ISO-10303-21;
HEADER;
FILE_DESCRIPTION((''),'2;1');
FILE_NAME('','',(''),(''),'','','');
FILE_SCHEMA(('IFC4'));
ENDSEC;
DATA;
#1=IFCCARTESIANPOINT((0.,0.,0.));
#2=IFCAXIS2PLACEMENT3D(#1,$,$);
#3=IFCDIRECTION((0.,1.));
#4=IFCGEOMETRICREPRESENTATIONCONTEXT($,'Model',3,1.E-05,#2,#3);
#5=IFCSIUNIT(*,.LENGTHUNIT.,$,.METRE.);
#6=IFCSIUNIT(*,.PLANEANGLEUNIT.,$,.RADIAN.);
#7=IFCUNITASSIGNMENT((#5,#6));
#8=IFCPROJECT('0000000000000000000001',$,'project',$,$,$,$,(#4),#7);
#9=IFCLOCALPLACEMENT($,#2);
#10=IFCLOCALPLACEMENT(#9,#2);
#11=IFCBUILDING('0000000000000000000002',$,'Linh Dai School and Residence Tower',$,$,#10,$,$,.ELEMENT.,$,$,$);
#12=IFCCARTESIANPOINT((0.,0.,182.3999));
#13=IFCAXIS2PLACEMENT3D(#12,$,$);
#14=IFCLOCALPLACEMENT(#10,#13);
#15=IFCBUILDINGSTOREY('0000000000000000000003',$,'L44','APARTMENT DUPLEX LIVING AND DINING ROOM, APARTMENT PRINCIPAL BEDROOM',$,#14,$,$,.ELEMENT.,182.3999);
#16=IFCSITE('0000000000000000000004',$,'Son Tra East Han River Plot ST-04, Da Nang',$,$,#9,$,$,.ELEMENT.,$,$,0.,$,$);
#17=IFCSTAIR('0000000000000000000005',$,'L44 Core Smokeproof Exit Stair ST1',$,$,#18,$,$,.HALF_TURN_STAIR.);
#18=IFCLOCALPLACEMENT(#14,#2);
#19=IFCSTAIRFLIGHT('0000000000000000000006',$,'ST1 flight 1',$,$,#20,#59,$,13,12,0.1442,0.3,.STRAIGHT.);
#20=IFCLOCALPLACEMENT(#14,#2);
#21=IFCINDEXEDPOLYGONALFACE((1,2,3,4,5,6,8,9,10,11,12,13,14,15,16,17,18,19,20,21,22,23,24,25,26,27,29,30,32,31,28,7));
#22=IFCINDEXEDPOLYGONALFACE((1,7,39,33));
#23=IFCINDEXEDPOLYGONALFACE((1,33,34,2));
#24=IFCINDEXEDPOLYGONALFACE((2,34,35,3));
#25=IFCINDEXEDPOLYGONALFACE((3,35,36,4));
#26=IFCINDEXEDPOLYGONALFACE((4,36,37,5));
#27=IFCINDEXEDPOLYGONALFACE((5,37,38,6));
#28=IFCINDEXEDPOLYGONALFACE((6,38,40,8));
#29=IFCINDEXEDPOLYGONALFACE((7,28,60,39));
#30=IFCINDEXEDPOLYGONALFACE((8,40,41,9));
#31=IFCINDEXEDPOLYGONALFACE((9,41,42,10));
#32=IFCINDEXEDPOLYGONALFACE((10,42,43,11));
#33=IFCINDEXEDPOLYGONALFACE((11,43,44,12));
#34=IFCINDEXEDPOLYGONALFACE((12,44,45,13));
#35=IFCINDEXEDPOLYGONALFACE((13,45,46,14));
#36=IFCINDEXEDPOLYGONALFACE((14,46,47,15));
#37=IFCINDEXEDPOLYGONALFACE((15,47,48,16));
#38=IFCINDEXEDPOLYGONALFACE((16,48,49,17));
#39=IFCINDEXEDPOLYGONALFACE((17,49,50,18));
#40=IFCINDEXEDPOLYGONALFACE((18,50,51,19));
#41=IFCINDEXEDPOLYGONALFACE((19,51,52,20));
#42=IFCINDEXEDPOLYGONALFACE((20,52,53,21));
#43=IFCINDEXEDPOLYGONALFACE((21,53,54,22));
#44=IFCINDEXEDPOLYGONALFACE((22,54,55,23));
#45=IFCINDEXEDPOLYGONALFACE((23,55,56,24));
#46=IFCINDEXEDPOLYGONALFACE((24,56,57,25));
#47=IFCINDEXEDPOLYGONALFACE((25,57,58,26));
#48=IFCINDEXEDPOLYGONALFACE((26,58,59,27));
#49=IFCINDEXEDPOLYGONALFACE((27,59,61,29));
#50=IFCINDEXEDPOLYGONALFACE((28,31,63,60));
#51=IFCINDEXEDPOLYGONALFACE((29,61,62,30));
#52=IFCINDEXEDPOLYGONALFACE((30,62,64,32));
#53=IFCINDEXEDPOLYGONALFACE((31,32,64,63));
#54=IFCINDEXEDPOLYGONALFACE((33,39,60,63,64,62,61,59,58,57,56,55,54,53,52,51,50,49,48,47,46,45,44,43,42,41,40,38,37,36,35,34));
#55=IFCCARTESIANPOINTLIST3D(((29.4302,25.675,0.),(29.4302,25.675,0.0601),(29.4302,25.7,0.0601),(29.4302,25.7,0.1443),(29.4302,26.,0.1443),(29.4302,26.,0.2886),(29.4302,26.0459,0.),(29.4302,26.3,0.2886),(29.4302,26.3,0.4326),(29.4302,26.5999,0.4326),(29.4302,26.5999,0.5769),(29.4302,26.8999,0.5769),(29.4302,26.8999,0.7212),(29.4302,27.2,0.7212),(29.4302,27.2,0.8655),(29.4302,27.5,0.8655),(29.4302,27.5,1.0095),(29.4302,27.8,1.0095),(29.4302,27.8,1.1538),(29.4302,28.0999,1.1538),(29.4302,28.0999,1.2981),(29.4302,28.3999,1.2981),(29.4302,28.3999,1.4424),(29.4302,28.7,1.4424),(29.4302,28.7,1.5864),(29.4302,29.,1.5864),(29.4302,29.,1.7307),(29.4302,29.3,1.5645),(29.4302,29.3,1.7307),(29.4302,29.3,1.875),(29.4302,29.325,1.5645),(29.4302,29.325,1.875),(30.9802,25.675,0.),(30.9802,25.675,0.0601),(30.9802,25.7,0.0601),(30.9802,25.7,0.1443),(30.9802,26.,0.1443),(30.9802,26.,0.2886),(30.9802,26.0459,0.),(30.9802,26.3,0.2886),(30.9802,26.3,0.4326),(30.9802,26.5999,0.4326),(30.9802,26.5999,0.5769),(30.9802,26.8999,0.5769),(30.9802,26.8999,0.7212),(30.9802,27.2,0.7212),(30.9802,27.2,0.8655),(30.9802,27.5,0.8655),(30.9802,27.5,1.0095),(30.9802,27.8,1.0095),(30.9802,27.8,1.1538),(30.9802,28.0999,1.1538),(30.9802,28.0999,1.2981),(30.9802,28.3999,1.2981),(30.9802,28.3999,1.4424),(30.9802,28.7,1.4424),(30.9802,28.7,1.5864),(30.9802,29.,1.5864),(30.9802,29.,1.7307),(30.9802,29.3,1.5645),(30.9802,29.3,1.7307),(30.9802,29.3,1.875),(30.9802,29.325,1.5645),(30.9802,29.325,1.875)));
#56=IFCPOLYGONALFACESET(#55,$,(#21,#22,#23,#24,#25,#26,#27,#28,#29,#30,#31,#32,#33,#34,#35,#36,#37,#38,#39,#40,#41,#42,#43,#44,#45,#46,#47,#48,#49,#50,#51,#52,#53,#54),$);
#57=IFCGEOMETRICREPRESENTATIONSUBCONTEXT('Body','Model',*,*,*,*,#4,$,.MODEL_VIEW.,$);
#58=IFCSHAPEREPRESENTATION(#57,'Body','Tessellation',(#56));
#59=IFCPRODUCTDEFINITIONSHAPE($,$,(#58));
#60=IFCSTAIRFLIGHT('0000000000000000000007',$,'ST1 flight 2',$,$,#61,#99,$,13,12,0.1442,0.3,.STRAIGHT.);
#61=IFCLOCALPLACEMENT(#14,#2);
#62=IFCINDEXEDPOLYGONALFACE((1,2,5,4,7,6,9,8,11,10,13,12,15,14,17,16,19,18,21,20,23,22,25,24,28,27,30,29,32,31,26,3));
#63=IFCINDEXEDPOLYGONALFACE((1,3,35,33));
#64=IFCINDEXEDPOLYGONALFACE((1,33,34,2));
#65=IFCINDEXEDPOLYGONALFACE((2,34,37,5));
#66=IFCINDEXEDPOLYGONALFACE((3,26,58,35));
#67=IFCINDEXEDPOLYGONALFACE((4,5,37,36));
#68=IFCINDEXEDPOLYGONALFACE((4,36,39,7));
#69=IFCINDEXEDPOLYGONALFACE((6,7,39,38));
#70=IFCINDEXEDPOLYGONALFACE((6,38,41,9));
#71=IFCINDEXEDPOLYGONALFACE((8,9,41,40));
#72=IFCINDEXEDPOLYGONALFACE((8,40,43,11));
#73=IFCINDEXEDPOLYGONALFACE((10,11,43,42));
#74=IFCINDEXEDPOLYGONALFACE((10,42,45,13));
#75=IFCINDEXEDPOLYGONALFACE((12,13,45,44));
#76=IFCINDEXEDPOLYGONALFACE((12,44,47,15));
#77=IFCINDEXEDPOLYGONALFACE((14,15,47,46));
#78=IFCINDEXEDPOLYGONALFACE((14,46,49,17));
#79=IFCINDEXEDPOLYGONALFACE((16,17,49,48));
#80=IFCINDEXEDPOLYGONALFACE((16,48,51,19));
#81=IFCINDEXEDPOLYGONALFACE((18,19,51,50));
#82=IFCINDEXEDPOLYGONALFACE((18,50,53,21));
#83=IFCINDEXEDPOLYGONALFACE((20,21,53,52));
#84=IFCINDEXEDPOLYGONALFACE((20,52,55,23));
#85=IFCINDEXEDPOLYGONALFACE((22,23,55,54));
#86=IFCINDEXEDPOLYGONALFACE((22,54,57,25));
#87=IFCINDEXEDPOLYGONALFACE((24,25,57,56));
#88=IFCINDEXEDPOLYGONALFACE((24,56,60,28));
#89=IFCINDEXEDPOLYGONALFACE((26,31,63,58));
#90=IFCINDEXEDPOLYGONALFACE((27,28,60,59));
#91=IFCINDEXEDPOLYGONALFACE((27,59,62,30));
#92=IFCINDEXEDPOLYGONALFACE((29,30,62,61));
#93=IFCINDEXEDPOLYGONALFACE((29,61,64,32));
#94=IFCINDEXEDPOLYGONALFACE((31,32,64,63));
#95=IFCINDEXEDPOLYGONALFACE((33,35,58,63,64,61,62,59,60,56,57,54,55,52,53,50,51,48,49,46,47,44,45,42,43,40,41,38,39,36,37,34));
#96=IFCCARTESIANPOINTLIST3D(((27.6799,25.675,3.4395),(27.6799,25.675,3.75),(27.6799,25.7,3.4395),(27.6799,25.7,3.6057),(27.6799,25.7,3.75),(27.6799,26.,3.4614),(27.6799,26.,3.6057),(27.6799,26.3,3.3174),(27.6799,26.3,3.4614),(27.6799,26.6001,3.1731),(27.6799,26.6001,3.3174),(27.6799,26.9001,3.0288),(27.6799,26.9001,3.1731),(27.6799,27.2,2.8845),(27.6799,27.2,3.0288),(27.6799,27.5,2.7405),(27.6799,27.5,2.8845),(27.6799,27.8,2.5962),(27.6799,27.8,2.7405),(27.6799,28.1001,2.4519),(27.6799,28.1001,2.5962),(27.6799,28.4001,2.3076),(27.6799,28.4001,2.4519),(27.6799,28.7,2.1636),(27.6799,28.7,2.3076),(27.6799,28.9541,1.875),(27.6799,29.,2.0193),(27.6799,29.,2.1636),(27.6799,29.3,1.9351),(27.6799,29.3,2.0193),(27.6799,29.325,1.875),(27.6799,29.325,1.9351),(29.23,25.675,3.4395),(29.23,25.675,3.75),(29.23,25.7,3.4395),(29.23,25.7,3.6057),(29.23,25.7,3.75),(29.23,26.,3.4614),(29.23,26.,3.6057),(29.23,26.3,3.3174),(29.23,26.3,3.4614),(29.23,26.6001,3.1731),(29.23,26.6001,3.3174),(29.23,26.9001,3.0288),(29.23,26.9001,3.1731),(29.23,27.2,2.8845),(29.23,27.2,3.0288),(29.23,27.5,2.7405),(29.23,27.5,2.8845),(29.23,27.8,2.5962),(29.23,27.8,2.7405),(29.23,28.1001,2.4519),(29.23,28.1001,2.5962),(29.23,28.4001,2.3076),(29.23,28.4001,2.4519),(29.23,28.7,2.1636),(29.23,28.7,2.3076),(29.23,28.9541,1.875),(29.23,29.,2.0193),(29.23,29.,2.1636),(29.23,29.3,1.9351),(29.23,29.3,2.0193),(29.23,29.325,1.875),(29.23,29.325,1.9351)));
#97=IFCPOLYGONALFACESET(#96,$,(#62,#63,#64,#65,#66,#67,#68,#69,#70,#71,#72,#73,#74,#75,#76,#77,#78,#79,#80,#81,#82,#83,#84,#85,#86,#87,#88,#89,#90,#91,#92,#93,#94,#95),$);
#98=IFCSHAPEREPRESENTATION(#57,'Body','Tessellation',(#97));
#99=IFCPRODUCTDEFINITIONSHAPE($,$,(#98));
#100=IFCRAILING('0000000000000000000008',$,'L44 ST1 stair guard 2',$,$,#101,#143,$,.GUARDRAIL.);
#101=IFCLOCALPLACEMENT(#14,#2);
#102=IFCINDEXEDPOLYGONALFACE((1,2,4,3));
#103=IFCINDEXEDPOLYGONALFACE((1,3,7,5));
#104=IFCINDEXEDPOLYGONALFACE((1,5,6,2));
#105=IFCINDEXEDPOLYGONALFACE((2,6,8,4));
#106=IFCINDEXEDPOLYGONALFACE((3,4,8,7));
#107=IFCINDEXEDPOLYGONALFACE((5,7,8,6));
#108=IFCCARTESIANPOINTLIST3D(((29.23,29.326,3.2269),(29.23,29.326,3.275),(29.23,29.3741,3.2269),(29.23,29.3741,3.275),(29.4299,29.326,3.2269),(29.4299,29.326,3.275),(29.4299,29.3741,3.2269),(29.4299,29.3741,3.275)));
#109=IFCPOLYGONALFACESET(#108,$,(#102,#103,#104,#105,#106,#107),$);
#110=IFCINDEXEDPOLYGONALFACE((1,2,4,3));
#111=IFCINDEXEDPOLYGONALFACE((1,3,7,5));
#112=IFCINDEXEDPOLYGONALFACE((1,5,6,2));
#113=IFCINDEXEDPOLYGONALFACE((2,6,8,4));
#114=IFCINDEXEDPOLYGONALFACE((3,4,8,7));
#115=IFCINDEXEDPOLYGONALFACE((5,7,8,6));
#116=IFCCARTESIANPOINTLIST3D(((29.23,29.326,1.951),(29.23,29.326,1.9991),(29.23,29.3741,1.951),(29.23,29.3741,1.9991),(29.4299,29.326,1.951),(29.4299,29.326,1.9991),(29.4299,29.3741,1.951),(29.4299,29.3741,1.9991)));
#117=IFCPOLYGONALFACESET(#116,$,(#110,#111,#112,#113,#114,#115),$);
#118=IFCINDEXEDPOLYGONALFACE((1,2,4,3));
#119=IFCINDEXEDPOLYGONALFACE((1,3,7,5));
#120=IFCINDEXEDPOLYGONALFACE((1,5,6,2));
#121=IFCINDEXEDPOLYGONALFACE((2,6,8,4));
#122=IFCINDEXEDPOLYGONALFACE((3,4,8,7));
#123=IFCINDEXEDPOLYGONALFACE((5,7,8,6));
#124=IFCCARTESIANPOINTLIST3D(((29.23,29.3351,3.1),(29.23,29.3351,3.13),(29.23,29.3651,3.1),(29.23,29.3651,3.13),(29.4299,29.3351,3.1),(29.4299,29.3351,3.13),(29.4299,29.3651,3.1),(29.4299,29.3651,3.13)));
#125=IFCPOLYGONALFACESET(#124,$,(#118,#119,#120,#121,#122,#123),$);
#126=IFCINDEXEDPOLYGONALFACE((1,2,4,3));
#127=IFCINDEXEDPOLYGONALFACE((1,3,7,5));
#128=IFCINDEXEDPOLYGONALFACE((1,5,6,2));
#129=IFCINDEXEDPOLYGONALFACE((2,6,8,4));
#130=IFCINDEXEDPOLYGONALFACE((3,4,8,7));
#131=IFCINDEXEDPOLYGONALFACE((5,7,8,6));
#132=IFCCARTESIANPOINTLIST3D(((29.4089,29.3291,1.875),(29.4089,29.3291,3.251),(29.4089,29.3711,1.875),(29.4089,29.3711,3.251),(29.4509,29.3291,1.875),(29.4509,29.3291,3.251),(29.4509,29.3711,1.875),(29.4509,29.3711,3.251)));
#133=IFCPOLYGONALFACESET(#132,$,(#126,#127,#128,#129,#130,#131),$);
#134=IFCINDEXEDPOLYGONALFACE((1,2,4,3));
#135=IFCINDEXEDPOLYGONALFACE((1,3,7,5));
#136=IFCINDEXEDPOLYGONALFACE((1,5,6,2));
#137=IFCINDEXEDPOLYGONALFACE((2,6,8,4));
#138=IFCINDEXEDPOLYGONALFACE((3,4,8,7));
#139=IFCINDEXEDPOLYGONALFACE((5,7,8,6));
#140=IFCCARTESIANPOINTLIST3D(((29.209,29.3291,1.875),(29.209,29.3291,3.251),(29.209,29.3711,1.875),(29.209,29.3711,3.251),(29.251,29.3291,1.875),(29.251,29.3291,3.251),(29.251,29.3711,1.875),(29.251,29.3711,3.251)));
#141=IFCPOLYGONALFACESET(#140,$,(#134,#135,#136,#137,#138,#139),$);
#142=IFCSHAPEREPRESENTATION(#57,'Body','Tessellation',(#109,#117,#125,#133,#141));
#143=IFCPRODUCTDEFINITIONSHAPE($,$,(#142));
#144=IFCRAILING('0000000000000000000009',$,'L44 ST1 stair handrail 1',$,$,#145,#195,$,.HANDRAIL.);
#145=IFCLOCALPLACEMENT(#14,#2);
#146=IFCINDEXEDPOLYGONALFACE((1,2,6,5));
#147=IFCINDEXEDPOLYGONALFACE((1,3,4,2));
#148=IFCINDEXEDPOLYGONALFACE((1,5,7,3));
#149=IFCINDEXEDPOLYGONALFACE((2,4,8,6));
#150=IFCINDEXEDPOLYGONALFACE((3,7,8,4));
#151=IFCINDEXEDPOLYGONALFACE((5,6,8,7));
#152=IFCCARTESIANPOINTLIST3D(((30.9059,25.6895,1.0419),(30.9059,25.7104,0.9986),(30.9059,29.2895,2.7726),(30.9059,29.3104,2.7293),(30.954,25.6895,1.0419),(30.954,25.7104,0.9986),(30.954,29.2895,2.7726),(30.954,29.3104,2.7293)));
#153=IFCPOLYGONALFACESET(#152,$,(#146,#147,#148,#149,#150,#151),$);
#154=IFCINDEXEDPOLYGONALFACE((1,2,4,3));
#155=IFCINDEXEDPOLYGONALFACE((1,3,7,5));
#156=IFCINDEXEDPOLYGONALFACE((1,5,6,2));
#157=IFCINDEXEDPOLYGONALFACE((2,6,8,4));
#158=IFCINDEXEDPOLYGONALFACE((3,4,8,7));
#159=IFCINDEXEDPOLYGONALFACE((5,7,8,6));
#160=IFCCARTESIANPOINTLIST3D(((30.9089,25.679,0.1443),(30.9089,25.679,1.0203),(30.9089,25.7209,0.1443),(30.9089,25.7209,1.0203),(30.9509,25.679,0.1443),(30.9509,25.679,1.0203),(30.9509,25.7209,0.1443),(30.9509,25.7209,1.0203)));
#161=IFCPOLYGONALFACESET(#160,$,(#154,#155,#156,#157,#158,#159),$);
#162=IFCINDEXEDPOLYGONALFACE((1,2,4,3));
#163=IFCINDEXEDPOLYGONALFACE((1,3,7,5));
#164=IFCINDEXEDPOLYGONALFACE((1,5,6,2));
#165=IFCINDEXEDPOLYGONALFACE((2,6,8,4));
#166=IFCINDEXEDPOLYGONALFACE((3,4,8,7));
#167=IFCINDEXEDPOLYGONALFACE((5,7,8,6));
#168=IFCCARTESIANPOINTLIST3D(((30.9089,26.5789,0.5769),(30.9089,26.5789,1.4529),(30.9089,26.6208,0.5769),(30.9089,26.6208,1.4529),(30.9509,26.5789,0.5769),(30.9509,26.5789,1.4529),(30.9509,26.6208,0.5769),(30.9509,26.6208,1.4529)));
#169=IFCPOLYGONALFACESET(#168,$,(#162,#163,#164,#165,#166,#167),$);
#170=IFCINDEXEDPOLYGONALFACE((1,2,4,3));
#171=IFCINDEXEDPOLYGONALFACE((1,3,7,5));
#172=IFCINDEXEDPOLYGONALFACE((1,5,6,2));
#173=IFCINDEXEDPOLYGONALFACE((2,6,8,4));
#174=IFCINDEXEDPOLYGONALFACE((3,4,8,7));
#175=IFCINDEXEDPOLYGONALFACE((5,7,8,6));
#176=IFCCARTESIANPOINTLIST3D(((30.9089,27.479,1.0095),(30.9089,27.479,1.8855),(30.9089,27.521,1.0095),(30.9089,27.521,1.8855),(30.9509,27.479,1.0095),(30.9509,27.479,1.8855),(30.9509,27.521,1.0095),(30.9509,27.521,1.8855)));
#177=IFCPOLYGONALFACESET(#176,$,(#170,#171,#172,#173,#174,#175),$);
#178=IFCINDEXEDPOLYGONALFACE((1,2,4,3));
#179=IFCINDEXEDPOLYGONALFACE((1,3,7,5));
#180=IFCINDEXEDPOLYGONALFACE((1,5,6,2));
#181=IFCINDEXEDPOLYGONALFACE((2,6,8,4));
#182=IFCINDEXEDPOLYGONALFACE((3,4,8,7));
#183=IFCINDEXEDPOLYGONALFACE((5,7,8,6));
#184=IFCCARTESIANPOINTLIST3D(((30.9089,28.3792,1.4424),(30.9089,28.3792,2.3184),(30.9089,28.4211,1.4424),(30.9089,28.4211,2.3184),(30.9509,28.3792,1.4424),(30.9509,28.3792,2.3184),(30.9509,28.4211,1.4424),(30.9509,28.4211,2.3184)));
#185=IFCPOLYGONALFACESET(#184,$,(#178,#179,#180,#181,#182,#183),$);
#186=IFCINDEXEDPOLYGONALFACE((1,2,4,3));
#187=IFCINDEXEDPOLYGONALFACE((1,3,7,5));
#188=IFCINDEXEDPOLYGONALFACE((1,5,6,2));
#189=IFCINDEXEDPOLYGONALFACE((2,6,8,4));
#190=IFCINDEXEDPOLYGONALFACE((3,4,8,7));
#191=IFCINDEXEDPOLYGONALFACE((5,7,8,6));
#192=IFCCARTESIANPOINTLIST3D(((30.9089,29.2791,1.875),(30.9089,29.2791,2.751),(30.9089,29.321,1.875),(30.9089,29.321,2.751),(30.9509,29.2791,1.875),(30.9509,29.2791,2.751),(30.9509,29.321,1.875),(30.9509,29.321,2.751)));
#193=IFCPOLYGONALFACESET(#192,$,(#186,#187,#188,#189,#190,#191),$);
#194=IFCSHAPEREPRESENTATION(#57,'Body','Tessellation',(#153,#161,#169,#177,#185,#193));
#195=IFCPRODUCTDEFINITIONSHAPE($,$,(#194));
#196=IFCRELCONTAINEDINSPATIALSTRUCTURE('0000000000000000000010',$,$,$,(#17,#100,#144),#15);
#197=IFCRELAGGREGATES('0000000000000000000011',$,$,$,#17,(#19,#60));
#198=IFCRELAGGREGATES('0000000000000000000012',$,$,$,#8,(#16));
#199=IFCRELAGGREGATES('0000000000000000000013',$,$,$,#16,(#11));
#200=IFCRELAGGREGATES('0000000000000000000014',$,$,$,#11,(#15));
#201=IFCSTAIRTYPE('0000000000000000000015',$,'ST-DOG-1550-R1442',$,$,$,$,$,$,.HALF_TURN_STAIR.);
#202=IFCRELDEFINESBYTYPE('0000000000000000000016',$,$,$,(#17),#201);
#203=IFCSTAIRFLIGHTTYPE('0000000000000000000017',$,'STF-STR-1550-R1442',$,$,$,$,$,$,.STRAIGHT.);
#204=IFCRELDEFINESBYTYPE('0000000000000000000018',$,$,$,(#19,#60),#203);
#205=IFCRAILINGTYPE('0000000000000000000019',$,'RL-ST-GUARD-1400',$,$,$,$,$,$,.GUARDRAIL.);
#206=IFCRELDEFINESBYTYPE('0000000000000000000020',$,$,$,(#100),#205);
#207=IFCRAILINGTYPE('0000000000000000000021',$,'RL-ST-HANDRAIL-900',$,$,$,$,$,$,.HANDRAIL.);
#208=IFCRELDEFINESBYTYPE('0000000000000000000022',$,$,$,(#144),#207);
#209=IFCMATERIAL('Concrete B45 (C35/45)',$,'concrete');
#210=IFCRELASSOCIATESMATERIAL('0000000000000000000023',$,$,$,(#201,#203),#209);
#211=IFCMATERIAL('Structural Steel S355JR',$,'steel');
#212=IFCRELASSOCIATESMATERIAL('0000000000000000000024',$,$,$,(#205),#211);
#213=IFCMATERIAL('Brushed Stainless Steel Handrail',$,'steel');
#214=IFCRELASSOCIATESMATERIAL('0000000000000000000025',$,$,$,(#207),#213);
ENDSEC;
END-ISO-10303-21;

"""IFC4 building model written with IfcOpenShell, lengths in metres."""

from ifc_helpers import new_model, si_unit, direction, frame, origin, origin_2d, place, context, subcontext, project, spatial, polyline, rectangle, outline, extrude, source, transform, mapped, material, type_object, element, aggregate, save


model = new_model("IFC4")

# Units and contexts
model_context = context("Model", 3, precision=1e-05, world=origin(), true_north=direction((0.0, 1.0)))
body_context = subcontext(model_context, "Body", "Model", "MODEL_VIEW")
ifc_project = project(units=[si_unit("LENGTHUNIT", "METRE"), si_unit("PLANEANGLEUNIT", "RADIAN")], contexts=[model_context])

# Site, building, storey
site_placement = place(None, origin())
site = spatial("IfcSite", under=ifc_project, at=site_placement, Name="Son Tra East Han River Plot ST-04, Da Nang", CompositionType="ELEMENT", RefElevation=0.0)
building_placement = place(site_placement, origin())
building = spatial("IfcBuilding", under=site, at=building_placement, Name="Linh Dai School and Residence Tower", CompositionType="ELEMENT")
storey_placement = place(building_placement, frame((0.0, 0.0, 182.3999)))
storey = spatial("IfcBuildingStorey", under=building, at=storey_placement, Name="L44", Description="APARTMENT DUPLEX LIVING AND DINING ROOM, APARTMENT PRINCIPAL BEDROOM", CompositionType="ELEMENT", Elevation=182.3999)

# Shared definitions
ifc_material_1 = material(Name="Concrete B45 (C35/45)", Category="concrete")

# Stair, stair flights
stair_type = type_object("IfcStairType", Name="ST-DOG-1550-R1442", PredefinedType="HALF_TURN_STAIR", material=ifc_material_1)
stair_placement = place(storey_placement, origin())
stair = element("IfcStair", 1, at=stair_placement, inside=storey, type_object=stair_type, Name="L44 Core Smokeproof Exit Stair ST1", PredefinedType="HALF_TURN_STAIR")
stair_flight_type = type_object("IfcStairFlightType", Name="STF-STR-1550-R1442", PredefinedType="STRAIGHT", material=ifc_material_1)
shared_shape_1 = source(origin(), body_context, "Body", "SweptSolid", [
    extrude(outline(polyline([(-0.0249, 0.0), (-0.0249, 0.0601), (0.0, 0.0601), (0.0, 0.1443), (0.3, 0.1443), (0.3, 0.2886), (0.6001, 0.2886), (0.6001, 0.4326), (0.8999, 0.4326), (0.8999, 0.5769), (1.2, 0.5769), (1.2, 0.7212), (1.5, 0.7212), (1.5, 0.8655), (1.8, 0.8655), (1.8, 1.0095), (2.1001, 1.0095), (2.1001, 1.1538), (2.3999, 1.1538), (2.3999, 1.2981), (2.7, 1.2981), (2.7, 1.4424), (3.0, 1.4424), (3.0, 1.5864), (3.3, 1.5864), (3.3, 1.7307), (3.6001, 1.7307), (3.6001, 1.875), (3.625, 1.875), (3.625, 1.5645), (3.6001, 1.5645), (0.3459, 0.0), (-0.0249, 0.0)])), frame((0.0, 0.7749, 0.0), z_axis=(0.0, -1.0, 0.0), x_axis=(1.0, 0.0, 0.0)), (0.0, 0.0, 1.0), 1.55),
])
stair_flight_1_placement = place(storey_placement, frame((30.2051, 25.7, 0.0), z_axis=(0.0, 0.0, 1.0), x_axis=(0.0, 1.0, 0.0)))
stair_flight_1 = element("IfcStairFlight", 2, at=stair_flight_1_placement, type_object=stair_flight_type, Name="ST1 flight 1", NumberOfRisers=13, NumberOfTreads=12, PredefinedType="STRAIGHT", RiserHeight=0.1442, TreadLength=0.3, context=body_context, shape_type="MappedRepresentation", body=[
    mapped(shared_shape_1, transform((0.0, 0.0, 0.0), x_axis=(1.0, 0.0, 0.0), y_axis=(0.0, 1.0, 0.0), z_axis=(0.0, 0.0, 1.0), scale=1.0)),
])
stair_flight_2_placement = place(storey_placement, frame((28.4551, 29.3, 1.875), z_axis=(0.0, 0.0, 1.0), x_axis=(0.0, -1.0, 0.0)))
stair_flight_2 = element("IfcStairFlight", 3, at=stair_flight_2_placement, type_object=stair_flight_type, Name="ST1 flight 2", NumberOfRisers=13, NumberOfTreads=12, PredefinedType="STRAIGHT", RiserHeight=0.1442, TreadLength=0.3, context=body_context, shape_type="MappedRepresentation", body=[
    mapped(shared_shape_1, transform((0.0, 0.0, 0.0), x_axis=(1.0, 0.0, 0.0), y_axis=(0.0, 1.0, 0.0), z_axis=(0.0, 0.0, 1.0), scale=1.0)),
])
aggregate(stair, [stair_flight_1, stair_flight_2])

# Railings
ifc_material_2 = material(Name="Structural Steel S355JR", Category="steel")
railing_type_1 = type_object("IfcRailingType", Name="RL-ST-GUARD-1400", PredefinedType="GUARDRAIL", material=ifc_material_2)
shared_shape_2 = source(origin(), body_context, "Body", "SweptSolid", [
    extrude(rectangle(XDim=0.0481, YDim=0.0481, at=origin_2d()), frame((0.0, 0.0, 1.376), z_axis=(-1.0, 0.0, 0.0), x_axis=(0.0, -1.0, 0.0)), (0.0, 0.0, 1.0), 0.2),
    extrude(rectangle(XDim=0.0481, YDim=0.0481, at=origin_2d()), frame((0.0, 0.0, 0.1001), z_axis=(-1.0, 0.0, 0.0), x_axis=(0.0, -1.0, 0.0)), (0.0, 0.0, 1.0), 0.2),
    extrude(rectangle(XDim=0.03, YDim=0.03, at=origin_2d()), frame((0.0, 0.0, 1.24), z_axis=(-1.0, 0.0, 0.0), x_axis=(0.0, -1.0, 0.0)), (0.0, 0.0, 1.0), 0.2),
    extrude(rectangle(XDim=0.042, YDim=0.042, at=origin_2d()), origin(), (0.0, 0.0, 1.0), 1.376),
    extrude(rectangle(XDim=0.042, YDim=0.042, at=origin_2d()), frame((-0.2, 0.0, 0.0)), (0.0, 0.0, 1.0), 1.376),
])
railing_1_placement = place(storey_placement, frame((29.4299, 29.3501, 1.875)))
element("IfcRailing", 4, at=railing_1_placement, inside=storey, type_object=railing_type_1, Name="L44 ST1 stair guard 2", PredefinedType="GUARDRAIL", context=body_context, shape_type="MappedRepresentation", body=[
    mapped(shared_shape_2, transform((0.0, 0.0, 0.0), x_axis=(1.0, 0.0, 0.0), y_axis=(0.0, 1.0, 0.0), z_axis=(0.0, 0.0, 1.0), scale=1.0)),
])
ifc_material_3 = material(Name="Brushed Stainless Steel Handrail", Category="steel")
railing_type_2 = type_object("IfcRailingType", Name="RL-ST-HANDRAIL-900", PredefinedType="HANDRAIL", material=ifc_material_3)
shared_shape_3 = source(origin(), body_context, "Body", "SweptSolid", [
    extrude(rectangle(XDim=0.0481, YDim=0.0481, at=origin_2d()), frame((0.0, 0.0, 0.876), z_axis=(0.0, 0.901263, 0.433273), x_axis=(-1.0, 0.0, 0.0)), (0.0, 0.0, 1.0), 3.9944),
    extrude(rectangle(XDim=0.042, YDim=0.042, at=origin_2d()), origin(), (0.0, 0.0, 1.0), 0.876),
    extrude(rectangle(XDim=0.042, YDim=0.042, at=origin_2d()), frame((0.0, 0.8999, 0.4326)), (0.0, 0.0, 1.0), 0.876),
    extrude(rectangle(XDim=0.042, YDim=0.042, at=origin_2d()), frame((0.0, 1.8, 0.8652)), (0.0, 0.0, 1.0), 0.876),
    extrude(rectangle(XDim=0.042, YDim=0.042, at=origin_2d()), frame((0.0, 2.7002, 1.2981)), (0.0, 0.0, 1.0), 0.876),
    extrude(rectangle(XDim=0.042, YDim=0.042, at=origin_2d()), frame((0.0, 3.6001, 1.7307)), (0.0, 0.0, 1.0), 0.876),
])
railing_2_placement = place(storey_placement, frame((30.9299, 25.7, 0.1443)))
element("IfcRailing", 5, at=railing_2_placement, inside=storey, type_object=railing_type_2, Name="L44 ST1 stair handrail 1", PredefinedType="HANDRAIL", context=body_context, shape_type="MappedRepresentation", body=[
    mapped(shared_shape_3, transform((0.0, 0.0, 0.0), x_axis=(1.0, 0.0, 0.0), y_axis=(0.0, 1.0, 0.0), z_axis=(0.0, 0.0, 1.0), scale=1.0)),
])

save(model, "model.ifc")
